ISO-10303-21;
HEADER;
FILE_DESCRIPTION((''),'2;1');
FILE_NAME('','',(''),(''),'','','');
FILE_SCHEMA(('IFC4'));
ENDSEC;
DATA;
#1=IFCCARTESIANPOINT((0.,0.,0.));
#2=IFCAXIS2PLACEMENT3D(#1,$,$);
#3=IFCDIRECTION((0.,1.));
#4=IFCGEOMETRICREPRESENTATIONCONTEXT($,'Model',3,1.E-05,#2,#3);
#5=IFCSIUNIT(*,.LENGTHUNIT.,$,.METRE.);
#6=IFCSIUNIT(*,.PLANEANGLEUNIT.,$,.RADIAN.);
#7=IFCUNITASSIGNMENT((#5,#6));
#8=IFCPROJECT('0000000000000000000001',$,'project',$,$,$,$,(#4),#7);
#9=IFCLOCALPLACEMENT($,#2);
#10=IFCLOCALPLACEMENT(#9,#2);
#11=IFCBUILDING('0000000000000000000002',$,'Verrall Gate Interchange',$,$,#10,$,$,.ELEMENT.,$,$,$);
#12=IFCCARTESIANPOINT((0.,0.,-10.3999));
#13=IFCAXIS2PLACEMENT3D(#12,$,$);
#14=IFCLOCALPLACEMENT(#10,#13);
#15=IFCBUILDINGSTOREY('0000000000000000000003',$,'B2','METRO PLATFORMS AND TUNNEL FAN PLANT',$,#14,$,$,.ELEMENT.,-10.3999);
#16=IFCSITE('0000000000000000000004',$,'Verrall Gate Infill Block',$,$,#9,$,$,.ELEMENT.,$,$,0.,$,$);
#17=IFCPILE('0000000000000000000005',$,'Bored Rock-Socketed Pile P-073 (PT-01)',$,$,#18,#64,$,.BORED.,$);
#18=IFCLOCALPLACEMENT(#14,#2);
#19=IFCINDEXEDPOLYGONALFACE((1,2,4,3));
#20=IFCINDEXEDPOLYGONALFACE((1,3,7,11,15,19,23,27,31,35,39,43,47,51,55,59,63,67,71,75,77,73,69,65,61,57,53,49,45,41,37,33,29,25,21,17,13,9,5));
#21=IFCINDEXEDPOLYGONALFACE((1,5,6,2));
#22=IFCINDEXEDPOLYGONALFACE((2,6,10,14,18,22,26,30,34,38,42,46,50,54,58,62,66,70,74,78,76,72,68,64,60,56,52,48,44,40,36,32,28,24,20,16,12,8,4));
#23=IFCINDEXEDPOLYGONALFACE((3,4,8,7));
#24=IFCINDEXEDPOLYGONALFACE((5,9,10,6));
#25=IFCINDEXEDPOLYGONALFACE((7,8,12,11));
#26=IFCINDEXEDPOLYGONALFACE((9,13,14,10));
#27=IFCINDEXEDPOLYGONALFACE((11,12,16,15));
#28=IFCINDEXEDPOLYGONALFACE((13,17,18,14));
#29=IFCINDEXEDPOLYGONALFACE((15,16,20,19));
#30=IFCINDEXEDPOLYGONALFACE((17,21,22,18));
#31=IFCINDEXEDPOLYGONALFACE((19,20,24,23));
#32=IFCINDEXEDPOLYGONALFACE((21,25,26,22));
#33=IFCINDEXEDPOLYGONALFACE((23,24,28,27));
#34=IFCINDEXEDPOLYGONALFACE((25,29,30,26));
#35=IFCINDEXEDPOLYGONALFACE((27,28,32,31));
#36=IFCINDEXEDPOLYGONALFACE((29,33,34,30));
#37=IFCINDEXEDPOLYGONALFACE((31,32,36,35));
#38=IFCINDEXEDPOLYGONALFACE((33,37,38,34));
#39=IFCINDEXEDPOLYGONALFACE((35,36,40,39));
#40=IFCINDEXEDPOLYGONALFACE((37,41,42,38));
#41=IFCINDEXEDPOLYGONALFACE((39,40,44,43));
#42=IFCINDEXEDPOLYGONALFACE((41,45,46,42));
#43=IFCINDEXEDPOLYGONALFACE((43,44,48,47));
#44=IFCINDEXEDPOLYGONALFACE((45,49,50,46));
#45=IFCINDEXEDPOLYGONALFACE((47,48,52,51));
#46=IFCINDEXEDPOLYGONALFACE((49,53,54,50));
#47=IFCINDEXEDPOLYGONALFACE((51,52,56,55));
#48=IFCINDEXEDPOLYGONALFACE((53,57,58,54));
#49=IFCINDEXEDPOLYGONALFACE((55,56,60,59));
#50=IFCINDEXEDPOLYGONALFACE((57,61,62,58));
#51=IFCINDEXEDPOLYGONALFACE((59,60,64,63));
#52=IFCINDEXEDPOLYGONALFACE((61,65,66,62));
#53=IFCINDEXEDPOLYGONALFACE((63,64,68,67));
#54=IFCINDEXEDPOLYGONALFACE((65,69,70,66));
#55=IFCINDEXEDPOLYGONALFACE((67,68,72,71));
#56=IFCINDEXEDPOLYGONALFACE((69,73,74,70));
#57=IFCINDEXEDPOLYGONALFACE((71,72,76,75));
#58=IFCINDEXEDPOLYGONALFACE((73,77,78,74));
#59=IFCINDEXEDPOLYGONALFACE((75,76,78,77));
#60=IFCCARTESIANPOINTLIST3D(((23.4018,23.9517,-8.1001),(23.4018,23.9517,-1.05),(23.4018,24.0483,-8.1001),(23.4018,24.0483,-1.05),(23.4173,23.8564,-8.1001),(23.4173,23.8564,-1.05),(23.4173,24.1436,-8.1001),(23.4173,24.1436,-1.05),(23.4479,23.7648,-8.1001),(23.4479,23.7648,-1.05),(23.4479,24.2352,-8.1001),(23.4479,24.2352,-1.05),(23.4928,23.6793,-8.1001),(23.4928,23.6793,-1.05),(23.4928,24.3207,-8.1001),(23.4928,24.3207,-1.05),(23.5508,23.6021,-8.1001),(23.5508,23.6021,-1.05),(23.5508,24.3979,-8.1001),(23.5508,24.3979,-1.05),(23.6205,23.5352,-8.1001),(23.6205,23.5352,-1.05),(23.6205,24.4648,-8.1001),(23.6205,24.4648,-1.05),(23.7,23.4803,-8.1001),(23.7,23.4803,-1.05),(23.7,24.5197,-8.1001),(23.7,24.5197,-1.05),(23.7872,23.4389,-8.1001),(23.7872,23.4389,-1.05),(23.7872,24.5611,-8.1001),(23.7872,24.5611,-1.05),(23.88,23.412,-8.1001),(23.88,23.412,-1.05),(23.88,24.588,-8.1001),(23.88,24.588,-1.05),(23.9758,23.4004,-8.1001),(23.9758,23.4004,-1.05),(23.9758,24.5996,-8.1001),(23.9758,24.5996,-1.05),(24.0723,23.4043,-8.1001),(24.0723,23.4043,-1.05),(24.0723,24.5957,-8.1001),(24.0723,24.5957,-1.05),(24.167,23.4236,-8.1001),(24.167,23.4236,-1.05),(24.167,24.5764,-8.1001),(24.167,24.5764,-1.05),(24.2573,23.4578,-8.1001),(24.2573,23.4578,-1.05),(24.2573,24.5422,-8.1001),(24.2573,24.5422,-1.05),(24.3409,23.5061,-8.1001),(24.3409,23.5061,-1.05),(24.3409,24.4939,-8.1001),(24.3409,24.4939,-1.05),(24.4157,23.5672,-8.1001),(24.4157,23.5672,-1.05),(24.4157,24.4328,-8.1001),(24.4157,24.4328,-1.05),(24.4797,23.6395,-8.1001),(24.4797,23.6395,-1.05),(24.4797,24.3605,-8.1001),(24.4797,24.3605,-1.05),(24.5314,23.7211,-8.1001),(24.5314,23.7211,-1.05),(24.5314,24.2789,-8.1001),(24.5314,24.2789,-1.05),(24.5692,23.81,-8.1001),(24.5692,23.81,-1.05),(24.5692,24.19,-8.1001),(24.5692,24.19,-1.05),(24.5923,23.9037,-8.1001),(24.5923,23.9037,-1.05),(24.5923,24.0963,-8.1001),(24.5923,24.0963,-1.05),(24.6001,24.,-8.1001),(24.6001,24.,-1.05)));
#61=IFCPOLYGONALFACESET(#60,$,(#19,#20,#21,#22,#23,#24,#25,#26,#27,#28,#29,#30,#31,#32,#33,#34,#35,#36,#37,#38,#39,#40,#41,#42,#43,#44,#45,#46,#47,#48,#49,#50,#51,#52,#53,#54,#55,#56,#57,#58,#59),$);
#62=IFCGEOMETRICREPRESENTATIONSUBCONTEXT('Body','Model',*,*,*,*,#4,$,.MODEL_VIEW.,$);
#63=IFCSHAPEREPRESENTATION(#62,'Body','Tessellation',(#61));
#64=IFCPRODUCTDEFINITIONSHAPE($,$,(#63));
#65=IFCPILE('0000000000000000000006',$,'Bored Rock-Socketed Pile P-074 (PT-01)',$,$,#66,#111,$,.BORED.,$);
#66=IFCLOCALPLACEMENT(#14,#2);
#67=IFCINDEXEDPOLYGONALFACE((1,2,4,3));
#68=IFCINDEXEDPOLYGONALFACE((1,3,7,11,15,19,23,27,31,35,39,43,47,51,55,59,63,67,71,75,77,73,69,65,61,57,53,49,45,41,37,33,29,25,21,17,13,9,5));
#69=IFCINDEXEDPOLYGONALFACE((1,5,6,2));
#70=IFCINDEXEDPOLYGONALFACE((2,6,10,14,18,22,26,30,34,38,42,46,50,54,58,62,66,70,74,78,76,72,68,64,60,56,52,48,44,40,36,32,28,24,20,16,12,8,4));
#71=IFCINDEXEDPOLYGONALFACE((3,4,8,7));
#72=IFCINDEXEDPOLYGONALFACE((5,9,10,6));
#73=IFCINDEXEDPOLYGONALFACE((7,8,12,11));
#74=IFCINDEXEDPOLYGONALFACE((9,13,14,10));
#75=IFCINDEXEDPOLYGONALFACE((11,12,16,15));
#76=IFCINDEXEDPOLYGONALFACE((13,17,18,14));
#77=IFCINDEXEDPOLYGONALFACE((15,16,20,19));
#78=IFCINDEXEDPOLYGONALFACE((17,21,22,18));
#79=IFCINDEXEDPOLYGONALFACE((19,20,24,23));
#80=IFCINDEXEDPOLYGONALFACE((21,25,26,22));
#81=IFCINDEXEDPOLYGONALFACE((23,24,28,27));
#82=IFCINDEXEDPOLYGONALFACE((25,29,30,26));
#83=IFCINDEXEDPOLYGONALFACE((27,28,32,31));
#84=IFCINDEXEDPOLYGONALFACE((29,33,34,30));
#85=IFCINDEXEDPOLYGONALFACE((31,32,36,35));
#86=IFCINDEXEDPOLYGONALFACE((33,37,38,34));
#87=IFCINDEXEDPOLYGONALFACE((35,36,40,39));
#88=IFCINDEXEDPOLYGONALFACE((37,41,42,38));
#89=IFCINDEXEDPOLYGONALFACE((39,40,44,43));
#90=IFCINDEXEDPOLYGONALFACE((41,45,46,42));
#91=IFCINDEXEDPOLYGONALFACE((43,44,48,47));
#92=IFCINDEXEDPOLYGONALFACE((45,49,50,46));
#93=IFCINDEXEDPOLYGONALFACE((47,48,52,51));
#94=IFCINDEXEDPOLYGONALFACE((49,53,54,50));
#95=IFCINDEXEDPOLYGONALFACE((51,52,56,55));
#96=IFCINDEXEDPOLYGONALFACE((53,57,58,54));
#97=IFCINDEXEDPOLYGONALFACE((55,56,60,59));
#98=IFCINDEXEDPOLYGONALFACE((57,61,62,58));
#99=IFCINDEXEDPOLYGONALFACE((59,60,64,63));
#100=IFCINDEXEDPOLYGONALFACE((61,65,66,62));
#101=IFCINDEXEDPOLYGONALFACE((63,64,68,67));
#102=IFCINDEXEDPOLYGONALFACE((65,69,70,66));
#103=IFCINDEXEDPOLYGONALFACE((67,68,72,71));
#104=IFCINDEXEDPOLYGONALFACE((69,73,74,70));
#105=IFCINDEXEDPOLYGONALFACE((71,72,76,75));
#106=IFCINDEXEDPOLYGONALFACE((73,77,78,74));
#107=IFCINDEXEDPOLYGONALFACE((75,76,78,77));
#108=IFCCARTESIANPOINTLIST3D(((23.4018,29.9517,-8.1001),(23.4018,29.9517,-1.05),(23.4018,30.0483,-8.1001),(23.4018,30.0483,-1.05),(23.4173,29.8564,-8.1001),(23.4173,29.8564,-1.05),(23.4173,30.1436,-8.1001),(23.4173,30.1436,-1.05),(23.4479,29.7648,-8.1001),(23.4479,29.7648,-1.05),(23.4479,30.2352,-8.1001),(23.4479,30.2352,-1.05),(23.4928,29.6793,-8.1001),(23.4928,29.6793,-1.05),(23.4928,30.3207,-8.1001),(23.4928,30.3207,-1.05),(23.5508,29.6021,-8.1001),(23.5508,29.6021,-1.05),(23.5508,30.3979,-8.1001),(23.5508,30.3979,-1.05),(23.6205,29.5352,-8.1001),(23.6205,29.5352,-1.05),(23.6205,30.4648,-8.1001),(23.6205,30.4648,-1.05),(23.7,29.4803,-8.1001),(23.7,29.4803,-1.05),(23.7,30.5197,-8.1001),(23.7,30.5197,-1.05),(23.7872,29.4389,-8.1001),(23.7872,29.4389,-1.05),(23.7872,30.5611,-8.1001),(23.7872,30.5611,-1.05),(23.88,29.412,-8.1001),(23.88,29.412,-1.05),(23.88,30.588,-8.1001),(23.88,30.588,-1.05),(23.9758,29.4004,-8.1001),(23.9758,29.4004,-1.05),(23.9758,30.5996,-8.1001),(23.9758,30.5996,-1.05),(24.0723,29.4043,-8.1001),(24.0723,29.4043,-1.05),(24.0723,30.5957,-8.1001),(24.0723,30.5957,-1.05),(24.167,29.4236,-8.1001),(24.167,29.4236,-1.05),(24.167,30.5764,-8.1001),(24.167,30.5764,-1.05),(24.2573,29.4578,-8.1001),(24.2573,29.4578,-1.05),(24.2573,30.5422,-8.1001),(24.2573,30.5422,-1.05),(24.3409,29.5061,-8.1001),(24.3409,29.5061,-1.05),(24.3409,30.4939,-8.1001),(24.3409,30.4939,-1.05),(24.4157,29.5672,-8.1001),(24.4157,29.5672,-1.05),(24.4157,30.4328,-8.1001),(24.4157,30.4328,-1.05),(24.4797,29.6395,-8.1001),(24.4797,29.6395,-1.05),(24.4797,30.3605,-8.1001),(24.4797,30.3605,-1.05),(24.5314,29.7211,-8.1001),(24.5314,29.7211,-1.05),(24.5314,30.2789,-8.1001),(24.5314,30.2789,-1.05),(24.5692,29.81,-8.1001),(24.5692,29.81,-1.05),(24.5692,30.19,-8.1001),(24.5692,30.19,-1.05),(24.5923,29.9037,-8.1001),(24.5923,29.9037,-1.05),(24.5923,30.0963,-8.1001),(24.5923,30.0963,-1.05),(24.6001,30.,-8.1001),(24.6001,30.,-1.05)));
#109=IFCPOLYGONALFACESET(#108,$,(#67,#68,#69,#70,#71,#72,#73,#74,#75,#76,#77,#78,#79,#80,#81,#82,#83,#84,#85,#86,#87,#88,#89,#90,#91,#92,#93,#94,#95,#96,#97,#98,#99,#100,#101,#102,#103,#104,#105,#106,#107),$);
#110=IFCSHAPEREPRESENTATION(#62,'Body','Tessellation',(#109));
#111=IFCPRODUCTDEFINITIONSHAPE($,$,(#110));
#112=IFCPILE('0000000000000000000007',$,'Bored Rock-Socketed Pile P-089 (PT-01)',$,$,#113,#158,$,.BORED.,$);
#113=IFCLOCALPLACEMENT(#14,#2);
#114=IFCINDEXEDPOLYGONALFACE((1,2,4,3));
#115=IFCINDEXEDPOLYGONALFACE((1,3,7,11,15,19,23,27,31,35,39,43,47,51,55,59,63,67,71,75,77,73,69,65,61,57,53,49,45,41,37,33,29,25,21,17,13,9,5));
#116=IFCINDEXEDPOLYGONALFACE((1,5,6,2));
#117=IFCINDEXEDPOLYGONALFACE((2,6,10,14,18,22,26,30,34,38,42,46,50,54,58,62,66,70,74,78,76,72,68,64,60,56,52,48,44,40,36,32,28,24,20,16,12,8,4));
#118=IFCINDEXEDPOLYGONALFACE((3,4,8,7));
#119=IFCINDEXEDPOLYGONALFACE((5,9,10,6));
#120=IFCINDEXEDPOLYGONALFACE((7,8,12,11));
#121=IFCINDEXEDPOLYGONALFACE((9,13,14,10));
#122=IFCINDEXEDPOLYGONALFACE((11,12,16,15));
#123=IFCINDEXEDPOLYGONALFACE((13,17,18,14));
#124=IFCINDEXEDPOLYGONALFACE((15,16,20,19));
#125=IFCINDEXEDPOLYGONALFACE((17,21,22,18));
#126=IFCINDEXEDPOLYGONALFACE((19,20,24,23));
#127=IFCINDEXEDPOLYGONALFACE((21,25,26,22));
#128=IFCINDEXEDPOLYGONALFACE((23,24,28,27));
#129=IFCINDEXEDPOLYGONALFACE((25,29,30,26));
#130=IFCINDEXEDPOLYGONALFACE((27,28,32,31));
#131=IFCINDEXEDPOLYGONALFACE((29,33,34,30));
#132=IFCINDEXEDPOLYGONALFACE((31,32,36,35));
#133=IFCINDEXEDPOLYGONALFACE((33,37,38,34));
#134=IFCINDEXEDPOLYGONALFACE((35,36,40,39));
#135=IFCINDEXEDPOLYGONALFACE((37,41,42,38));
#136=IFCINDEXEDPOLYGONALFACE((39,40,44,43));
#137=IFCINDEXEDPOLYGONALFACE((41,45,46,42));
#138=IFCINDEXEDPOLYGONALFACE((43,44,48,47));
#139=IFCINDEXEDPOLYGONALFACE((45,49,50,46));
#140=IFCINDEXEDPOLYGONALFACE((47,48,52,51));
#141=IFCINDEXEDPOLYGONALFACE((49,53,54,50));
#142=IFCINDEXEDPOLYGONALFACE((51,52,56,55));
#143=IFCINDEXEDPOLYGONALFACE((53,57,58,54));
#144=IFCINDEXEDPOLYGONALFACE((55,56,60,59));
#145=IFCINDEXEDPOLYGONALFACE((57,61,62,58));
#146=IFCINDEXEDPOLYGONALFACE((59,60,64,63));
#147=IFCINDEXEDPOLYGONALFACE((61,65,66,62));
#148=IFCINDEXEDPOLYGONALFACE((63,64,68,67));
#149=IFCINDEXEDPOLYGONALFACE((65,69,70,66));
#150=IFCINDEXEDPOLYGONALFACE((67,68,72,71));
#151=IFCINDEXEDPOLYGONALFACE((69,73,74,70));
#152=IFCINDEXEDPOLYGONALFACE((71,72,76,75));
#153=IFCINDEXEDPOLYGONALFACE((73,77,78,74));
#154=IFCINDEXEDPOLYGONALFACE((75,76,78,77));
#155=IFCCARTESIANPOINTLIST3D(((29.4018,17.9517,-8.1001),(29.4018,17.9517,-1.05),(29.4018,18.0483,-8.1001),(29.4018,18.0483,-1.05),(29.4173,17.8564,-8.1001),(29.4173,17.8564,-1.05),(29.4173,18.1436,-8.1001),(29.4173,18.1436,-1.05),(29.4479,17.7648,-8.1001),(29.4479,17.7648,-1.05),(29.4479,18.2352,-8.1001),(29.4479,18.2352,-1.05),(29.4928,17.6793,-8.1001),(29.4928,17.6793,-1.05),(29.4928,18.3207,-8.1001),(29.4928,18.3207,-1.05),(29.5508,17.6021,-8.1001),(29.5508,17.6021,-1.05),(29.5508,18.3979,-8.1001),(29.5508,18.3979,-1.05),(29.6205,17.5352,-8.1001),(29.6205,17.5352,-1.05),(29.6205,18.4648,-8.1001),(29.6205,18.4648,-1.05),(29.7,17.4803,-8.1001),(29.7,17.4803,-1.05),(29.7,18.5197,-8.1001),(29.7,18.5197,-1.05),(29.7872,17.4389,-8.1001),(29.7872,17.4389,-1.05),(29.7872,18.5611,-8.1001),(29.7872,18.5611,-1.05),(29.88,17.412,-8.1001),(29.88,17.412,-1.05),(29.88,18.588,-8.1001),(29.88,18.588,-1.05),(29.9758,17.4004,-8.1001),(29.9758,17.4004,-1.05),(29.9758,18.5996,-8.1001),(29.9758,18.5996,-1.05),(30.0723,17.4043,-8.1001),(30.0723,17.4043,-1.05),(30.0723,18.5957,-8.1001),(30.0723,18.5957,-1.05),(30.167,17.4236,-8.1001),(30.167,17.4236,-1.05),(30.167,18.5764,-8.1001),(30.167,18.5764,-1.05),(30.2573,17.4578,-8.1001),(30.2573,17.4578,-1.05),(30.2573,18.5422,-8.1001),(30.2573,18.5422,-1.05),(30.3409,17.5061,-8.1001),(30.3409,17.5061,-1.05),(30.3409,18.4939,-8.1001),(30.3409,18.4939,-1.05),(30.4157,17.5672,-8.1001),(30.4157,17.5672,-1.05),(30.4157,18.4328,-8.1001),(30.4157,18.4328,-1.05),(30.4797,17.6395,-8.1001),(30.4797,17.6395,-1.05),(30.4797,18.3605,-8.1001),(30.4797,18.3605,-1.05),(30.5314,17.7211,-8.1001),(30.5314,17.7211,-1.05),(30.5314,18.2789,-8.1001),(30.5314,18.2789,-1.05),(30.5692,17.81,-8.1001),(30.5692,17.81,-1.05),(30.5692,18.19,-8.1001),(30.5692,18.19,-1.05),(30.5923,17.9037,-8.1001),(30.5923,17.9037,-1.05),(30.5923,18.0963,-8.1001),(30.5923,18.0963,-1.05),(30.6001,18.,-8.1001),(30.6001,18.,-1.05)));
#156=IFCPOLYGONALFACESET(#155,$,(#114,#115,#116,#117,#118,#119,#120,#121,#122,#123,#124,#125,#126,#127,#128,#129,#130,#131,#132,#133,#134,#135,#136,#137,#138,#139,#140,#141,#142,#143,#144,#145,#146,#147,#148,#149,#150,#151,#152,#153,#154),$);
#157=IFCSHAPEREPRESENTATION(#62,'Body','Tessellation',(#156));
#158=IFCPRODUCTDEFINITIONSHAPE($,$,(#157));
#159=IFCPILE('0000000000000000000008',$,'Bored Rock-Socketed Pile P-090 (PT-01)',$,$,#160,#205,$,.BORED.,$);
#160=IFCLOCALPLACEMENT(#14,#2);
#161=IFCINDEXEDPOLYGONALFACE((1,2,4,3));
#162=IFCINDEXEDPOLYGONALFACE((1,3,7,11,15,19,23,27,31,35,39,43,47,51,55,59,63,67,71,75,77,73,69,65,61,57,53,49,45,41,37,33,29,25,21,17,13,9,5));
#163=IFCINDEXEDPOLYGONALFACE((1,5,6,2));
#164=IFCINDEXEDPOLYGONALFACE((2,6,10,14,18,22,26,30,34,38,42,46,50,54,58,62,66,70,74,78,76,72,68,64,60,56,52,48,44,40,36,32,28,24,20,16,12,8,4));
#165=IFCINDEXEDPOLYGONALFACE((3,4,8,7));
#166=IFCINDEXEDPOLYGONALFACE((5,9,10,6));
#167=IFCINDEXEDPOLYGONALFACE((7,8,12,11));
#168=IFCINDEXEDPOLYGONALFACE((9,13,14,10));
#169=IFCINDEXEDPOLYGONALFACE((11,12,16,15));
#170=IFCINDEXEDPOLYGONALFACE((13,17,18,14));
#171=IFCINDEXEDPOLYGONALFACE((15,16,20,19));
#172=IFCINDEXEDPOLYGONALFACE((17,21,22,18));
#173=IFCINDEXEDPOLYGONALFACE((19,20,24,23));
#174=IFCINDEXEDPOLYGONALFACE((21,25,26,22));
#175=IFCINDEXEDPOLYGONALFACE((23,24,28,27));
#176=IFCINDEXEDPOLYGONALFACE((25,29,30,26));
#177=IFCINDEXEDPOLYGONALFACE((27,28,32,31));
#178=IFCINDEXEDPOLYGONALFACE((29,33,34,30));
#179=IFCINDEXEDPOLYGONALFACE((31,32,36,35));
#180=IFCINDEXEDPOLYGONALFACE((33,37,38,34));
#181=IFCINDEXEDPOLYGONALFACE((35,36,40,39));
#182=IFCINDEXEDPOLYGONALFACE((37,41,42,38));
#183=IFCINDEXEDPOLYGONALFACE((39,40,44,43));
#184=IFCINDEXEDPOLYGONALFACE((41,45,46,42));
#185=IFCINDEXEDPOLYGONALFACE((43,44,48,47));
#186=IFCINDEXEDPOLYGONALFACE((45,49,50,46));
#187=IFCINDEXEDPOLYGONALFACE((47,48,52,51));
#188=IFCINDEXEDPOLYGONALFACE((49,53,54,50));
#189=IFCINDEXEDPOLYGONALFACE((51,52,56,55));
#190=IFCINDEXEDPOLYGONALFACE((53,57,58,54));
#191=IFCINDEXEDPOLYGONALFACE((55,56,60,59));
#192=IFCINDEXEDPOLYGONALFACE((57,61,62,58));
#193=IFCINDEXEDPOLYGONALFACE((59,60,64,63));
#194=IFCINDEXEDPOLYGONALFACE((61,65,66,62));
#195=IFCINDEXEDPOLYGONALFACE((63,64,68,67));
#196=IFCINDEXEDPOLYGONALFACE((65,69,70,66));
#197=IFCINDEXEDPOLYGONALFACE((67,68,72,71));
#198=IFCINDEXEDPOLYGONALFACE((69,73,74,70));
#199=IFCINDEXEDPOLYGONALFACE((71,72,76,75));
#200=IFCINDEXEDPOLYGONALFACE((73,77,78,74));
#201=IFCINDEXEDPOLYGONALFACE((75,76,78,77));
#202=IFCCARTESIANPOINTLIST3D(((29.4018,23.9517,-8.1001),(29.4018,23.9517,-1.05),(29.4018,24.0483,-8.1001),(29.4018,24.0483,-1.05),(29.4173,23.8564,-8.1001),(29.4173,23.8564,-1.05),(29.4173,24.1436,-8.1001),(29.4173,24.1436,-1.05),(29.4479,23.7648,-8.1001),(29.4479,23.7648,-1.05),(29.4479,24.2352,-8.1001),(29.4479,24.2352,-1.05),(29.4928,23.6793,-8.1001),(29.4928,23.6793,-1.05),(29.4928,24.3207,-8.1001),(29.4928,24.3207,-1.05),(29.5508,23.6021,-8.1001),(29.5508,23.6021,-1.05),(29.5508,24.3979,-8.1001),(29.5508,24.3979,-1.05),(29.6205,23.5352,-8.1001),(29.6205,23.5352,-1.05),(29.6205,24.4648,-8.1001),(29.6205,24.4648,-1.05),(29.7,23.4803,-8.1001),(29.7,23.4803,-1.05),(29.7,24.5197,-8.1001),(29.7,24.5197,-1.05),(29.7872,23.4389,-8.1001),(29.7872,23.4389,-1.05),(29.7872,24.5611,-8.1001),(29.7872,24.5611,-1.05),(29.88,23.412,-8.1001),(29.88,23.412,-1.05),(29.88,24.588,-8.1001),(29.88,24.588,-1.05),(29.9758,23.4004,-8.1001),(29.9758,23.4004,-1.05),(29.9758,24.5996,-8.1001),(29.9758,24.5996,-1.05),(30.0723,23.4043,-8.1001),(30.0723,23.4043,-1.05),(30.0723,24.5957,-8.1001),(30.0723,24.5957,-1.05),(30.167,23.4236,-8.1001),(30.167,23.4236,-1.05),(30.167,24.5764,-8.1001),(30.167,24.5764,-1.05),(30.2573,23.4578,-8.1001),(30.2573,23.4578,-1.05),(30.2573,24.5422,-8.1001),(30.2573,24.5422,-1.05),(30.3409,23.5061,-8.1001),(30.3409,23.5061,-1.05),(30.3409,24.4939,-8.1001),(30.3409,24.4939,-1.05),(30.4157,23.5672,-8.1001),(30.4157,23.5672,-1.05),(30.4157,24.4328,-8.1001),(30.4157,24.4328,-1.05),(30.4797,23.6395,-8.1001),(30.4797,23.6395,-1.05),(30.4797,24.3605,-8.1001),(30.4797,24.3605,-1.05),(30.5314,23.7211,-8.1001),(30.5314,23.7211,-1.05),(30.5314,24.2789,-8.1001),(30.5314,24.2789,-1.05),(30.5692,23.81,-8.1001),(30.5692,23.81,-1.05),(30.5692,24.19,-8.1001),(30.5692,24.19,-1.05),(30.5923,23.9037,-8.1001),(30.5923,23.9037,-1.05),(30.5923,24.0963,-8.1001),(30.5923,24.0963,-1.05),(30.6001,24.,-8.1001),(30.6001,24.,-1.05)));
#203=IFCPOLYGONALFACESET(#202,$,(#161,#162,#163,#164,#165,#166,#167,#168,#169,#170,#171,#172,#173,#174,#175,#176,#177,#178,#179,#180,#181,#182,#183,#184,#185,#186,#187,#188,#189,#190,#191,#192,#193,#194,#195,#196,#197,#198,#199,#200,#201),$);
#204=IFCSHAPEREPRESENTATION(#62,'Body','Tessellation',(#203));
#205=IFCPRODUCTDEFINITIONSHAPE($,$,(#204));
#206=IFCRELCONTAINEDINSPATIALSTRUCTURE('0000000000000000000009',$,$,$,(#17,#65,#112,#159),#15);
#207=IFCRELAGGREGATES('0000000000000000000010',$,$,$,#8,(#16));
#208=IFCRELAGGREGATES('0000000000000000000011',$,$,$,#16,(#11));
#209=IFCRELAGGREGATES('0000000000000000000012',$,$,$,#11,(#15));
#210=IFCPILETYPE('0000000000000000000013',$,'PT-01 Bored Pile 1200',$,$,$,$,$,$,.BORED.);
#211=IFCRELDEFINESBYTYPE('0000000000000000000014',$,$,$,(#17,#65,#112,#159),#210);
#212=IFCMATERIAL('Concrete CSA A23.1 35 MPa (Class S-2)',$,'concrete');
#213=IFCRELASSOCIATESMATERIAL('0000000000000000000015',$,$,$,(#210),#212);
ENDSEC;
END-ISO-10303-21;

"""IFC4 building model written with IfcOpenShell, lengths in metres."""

from ifc_helpers import new_model, si_unit, direction, frame, origin, origin_2d, place, context, subcontext, project, spatial, circle, extrude, material, material_profile, profile_set, type_object, element, save


model = new_model("IFC4")

# Units and contexts
model_context = context("Model", 3, precision=1e-05, world=origin(), true_north=direction((0.0, 1.0)))
body_context = subcontext(model_context, "Body", "Model", "MODEL_VIEW")
ifc_project = project(units=[si_unit("LENGTHUNIT", "METRE"), si_unit("PLANEANGLEUNIT", "RADIAN")], contexts=[model_context])

# Site, building, storey
site_placement = place(None, origin())
site = spatial("IfcSite", under=ifc_project, at=site_placement, Name="Verrall Gate Infill Block", CompositionType="ELEMENT", RefElevation=0.0)
building_placement = place(site_placement, origin())
building = spatial("IfcBuilding", under=site, at=building_placement, Name="Verrall Gate Interchange", CompositionType="ELEMENT")
storey_placement = place(building_placement, frame((0.0, 0.0, -10.3999)))
storey = spatial("IfcBuildingStorey", under=building, at=storey_placement, Name="B2", Description="METRO PLATFORMS AND TUNNEL FAN PLANT", CompositionType="ELEMENT", Elevation=-10.3999)

# Piles
ifc_material_1 = material(Name="Concrete CSA A23.1 35 MPa (Class S-2)", Category="concrete")
ifc_material_profile_1 = material_profile(ifc_material_1, circle(Radius=0.6001, at=origin_2d()), Name="PILE1200D")
ifc_profile_set_1 = profile_set([ifc_material_profile_1], Name="Concrete CSA A23.1 35 MPa (Class S-2)")
pile_type = type_object("IfcPileType", Name="PT-01 Bored Pile 1200", PredefinedType="BORED", material=ifc_profile_set_1)
for number, where, z_axis, x_axis, name in (
    (1, (24.0, 24.0, -1.05), (0.0, 0.0, -1.0), (1.0, 0.0, 0.0), "Bored Rock-Socketed Pile P-073 (PT-01)"),
    (2, (24.0, 30.0, -1.05), (0.0, 0.0, -1.0), (1.0, 0.0, 0.0), "Bored Rock-Socketed Pile P-074 (PT-01)"),
    (3, (30.0, 18.0, -1.05), (0.0, 0.0, -1.0), (1.0, 0.0, 0.0), "Bored Rock-Socketed Pile P-089 (PT-01)"),
    (4, (30.0, 24.0, -1.05), (0.0, 0.0, -1.0), (1.0, 0.0, 0.0), "Bored Rock-Socketed Pile P-090 (PT-01)"),
):
    element("IfcPile", number, at=place(storey_placement, frame(where, z_axis=z_axis, x_axis=x_axis)), inside=storey, type_object=pile_type, Name=name, PredefinedType="BORED", context=body_context, shape_type="SweptSolid", body=[
        extrude(circle(Radius=0.6001, at=origin_2d()), origin(), (0.0, 0.0, 1.0), 7.05),
    ])

save(model, "model.ifc")
